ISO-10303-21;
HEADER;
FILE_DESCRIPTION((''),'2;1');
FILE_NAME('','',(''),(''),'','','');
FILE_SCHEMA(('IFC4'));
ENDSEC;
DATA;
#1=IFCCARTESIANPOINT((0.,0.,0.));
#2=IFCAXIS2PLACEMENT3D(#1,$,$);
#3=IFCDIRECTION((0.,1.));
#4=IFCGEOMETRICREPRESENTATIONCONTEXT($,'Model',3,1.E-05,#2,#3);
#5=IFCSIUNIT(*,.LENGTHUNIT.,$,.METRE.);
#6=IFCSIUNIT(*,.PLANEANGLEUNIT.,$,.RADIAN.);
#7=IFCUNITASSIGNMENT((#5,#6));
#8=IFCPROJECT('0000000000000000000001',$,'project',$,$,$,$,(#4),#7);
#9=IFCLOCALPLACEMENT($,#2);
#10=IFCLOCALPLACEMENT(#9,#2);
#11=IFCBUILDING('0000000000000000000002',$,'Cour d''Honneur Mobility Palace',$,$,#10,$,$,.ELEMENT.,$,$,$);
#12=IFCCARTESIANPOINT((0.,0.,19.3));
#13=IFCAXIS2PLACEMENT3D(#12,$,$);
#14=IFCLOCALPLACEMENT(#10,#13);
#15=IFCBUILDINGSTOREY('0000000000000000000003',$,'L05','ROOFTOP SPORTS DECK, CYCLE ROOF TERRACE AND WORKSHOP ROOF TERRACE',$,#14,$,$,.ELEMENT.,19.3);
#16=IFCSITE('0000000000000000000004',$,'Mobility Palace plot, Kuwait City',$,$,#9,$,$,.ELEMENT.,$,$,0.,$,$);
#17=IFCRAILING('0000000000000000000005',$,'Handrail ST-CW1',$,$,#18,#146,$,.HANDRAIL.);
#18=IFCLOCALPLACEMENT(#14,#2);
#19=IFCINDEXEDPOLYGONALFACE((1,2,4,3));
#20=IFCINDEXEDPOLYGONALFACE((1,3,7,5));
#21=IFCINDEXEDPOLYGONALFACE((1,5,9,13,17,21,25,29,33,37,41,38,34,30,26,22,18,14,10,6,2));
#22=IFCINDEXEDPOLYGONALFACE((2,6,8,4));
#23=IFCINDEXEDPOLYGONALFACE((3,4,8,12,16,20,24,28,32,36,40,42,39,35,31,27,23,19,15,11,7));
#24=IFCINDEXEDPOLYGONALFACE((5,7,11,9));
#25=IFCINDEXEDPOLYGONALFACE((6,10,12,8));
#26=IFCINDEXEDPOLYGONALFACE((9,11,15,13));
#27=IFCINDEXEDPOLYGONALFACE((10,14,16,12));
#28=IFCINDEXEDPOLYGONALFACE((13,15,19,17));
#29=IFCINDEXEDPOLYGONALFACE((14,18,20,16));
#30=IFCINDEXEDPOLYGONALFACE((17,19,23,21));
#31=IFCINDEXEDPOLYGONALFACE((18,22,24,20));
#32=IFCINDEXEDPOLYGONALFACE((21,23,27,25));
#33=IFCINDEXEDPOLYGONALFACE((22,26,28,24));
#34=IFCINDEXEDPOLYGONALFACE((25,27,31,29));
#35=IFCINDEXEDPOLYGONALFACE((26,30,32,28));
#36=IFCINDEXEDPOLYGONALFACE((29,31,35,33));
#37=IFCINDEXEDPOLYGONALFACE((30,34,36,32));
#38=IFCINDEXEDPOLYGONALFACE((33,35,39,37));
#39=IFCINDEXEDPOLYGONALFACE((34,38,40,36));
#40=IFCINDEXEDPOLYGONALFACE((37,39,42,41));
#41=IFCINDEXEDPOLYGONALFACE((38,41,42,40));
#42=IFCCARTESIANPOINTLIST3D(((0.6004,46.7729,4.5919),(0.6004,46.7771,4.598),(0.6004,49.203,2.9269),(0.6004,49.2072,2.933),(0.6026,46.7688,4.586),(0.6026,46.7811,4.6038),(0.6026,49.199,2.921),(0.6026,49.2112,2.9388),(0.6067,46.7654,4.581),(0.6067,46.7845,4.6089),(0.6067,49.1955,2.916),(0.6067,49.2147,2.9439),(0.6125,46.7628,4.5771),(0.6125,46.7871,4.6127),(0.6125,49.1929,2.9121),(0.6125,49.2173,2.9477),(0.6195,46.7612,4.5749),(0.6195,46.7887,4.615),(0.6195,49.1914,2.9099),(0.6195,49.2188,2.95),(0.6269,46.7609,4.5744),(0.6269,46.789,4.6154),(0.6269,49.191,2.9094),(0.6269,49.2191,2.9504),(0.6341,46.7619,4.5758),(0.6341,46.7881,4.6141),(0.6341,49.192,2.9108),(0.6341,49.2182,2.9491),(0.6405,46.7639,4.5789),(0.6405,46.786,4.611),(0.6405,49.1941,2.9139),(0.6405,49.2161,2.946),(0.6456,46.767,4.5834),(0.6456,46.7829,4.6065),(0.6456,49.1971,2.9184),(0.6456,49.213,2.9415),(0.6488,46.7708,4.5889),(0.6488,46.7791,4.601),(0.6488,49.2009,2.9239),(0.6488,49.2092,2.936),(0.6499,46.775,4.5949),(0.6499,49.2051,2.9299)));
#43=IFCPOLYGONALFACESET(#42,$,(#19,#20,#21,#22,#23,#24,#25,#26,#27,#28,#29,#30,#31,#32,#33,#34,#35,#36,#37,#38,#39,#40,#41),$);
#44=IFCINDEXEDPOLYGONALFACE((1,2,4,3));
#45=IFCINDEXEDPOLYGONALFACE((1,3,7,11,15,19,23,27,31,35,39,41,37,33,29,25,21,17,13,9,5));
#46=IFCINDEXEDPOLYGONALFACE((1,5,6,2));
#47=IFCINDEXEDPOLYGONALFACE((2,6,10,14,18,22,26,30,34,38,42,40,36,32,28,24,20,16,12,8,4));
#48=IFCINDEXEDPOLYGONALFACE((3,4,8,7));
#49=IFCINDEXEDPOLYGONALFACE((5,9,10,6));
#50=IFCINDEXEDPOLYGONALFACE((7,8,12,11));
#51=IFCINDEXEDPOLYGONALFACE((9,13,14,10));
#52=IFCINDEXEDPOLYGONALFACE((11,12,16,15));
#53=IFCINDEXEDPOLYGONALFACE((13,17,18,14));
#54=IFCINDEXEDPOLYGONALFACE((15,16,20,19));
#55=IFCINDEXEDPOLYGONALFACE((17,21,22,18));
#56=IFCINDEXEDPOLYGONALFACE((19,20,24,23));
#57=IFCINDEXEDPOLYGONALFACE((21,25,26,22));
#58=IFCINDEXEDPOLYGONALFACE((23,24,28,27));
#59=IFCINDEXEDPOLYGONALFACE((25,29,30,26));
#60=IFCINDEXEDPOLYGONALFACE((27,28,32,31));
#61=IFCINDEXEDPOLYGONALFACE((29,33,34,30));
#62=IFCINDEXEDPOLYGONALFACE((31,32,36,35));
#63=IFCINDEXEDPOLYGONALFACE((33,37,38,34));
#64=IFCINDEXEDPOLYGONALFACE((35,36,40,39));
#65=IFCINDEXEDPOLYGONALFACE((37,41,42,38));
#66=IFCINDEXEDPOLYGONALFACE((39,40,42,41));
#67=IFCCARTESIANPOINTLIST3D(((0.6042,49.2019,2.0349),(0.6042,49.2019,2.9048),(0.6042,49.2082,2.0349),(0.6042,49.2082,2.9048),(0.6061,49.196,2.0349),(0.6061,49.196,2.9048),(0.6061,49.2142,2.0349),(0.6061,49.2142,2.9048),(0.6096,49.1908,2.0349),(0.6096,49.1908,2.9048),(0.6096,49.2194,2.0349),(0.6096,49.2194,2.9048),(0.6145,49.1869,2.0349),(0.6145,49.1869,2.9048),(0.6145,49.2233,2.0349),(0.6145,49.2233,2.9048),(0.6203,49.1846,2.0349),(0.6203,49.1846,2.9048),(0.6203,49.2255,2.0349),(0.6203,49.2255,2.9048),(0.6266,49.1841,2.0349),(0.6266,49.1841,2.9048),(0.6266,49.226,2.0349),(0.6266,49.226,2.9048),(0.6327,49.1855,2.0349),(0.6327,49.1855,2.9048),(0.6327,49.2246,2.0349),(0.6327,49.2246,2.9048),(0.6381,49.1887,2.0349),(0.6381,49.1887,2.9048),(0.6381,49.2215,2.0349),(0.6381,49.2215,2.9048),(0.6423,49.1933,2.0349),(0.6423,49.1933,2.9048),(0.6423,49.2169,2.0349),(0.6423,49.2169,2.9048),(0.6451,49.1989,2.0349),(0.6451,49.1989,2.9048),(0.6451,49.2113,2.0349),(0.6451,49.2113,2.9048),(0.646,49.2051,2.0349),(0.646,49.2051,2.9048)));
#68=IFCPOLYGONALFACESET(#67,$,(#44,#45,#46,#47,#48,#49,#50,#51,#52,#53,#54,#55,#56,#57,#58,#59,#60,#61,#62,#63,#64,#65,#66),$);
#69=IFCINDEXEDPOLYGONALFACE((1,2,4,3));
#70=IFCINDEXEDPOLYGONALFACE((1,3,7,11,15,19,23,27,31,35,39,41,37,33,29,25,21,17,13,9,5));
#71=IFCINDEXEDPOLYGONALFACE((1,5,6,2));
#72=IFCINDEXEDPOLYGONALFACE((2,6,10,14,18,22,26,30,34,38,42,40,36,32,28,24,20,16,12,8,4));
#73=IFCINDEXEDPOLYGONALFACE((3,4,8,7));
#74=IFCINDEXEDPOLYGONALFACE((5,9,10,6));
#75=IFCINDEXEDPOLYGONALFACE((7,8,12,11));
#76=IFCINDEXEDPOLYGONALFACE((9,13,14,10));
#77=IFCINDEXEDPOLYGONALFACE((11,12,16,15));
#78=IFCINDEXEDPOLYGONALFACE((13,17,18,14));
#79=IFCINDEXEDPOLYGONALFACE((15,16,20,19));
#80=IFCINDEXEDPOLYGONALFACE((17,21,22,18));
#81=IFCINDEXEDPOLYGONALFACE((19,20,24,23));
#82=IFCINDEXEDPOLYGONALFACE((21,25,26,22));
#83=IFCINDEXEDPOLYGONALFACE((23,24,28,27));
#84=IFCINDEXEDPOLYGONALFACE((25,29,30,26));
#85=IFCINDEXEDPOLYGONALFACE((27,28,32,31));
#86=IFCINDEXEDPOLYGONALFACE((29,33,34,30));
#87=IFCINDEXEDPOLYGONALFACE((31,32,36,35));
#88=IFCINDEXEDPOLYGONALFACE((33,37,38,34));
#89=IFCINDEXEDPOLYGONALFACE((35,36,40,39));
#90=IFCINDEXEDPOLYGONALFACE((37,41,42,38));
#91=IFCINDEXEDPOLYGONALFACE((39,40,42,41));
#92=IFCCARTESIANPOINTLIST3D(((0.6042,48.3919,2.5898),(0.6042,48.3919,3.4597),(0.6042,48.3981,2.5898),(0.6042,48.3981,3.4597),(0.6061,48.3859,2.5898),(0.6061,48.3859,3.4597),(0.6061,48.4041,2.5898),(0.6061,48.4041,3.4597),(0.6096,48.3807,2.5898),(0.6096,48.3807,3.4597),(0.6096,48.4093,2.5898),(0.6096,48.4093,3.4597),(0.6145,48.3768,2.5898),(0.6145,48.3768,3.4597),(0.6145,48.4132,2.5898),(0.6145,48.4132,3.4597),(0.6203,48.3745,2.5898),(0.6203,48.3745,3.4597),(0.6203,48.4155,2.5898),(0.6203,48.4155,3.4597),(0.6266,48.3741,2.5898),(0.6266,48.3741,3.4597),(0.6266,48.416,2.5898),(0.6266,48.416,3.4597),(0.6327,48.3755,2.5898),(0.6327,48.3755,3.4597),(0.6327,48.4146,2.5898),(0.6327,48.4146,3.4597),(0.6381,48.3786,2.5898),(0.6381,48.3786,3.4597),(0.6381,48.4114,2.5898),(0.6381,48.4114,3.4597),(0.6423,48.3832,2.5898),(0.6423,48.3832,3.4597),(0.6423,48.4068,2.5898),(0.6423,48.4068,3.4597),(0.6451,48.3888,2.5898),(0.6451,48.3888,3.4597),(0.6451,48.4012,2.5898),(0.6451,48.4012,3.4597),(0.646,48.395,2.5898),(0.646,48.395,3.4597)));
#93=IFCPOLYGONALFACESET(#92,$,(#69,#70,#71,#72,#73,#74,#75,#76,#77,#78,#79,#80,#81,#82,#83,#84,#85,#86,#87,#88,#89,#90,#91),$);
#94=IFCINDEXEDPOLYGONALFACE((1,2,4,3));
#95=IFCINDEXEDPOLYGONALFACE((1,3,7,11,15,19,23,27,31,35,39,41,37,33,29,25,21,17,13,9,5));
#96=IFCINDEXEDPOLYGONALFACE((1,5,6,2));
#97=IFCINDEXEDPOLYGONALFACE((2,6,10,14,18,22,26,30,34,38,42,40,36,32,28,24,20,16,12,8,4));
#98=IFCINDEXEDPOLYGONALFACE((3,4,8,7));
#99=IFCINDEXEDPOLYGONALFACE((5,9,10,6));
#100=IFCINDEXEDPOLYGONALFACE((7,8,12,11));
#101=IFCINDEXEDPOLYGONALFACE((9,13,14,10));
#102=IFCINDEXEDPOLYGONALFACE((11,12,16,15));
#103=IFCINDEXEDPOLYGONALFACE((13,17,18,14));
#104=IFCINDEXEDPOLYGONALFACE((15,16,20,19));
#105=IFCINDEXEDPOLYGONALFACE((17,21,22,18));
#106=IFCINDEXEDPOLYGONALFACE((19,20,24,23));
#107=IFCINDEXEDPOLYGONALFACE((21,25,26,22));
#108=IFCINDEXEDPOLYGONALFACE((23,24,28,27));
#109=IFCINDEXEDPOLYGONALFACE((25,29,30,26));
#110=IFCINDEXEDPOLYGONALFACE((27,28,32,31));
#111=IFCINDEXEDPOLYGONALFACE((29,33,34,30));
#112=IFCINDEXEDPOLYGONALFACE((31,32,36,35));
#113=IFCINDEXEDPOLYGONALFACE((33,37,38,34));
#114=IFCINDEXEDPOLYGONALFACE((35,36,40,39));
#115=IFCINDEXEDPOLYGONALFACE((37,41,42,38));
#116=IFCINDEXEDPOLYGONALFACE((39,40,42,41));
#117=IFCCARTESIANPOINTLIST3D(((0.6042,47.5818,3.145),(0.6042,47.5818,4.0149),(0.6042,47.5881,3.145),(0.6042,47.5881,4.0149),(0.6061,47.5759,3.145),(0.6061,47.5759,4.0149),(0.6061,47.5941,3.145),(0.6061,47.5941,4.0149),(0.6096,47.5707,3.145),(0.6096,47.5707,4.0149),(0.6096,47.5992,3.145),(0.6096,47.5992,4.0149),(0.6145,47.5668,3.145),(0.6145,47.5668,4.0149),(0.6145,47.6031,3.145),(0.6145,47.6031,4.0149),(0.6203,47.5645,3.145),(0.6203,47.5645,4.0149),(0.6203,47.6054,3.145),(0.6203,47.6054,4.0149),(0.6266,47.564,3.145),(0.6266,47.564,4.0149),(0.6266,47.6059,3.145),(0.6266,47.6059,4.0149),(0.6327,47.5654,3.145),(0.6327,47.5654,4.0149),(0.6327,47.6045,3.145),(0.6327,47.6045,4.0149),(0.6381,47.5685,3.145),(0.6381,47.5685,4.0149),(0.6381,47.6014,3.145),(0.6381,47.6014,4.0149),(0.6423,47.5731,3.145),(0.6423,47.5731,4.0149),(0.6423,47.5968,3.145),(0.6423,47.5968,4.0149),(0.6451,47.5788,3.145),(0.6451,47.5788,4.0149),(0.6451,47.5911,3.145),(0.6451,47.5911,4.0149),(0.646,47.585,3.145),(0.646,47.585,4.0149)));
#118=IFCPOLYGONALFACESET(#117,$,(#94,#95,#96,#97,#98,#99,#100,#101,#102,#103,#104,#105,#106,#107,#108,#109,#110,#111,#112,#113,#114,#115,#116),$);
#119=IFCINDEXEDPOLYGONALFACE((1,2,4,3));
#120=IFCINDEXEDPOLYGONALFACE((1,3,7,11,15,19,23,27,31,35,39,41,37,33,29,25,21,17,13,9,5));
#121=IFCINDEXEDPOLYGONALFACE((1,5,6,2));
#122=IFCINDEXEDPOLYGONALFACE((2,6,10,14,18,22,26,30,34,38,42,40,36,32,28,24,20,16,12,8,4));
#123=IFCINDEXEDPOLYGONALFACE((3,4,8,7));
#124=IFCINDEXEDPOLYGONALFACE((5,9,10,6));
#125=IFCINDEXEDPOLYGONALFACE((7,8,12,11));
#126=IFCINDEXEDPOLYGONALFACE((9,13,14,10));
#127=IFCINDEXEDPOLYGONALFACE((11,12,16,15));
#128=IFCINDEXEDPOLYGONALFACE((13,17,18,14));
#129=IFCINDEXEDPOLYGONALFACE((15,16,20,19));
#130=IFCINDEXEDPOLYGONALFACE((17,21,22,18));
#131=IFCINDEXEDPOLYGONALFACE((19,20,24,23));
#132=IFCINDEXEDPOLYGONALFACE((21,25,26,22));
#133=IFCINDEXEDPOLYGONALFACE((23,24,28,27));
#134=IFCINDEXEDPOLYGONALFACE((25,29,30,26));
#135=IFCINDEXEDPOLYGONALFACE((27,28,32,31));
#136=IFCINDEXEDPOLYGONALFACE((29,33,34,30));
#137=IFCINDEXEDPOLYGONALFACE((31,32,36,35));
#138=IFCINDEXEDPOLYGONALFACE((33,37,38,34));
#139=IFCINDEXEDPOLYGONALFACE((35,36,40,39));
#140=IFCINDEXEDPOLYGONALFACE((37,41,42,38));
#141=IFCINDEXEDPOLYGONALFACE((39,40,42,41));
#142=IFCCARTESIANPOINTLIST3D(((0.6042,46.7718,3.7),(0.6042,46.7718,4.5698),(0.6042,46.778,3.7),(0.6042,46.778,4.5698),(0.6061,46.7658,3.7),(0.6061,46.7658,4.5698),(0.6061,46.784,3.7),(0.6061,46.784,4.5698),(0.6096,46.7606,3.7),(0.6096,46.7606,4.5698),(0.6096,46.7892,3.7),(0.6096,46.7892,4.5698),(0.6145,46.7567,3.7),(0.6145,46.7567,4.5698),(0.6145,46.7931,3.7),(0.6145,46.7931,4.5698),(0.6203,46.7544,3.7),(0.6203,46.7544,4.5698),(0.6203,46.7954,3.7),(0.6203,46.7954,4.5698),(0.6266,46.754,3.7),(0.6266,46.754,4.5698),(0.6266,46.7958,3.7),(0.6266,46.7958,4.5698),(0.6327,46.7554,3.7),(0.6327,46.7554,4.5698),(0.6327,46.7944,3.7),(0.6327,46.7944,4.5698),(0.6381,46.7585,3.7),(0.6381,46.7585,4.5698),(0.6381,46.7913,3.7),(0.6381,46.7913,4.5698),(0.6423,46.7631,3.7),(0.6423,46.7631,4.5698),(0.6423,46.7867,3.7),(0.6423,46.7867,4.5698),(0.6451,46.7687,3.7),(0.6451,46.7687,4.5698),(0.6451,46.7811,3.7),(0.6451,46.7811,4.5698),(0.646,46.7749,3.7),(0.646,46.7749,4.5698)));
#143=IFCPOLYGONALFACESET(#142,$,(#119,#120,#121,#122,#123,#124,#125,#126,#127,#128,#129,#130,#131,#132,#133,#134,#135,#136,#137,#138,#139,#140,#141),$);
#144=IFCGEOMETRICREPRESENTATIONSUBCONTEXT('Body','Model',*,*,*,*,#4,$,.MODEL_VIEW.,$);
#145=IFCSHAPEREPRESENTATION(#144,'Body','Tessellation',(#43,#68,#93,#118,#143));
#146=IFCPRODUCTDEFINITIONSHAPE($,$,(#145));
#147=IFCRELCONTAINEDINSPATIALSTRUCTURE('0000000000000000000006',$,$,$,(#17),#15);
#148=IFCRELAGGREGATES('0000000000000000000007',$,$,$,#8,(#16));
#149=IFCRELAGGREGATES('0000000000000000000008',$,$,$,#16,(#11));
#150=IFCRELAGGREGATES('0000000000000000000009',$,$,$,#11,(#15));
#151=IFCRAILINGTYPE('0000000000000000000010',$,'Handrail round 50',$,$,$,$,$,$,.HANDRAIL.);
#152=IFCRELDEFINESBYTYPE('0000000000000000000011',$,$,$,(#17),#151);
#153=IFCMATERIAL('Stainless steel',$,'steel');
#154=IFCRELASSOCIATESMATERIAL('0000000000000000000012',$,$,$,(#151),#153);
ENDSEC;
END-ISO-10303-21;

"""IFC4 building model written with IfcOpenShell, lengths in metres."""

from ifc_helpers import new_model, si_unit, direction, frame, origin, origin_2d, place, context, subcontext, project, spatial, circle, extrude, material, type_object, element, save


model = new_model("IFC4")

# Units and contexts
model_context = context("Model", 3, precision=1e-05, world=origin(), true_north=direction((0.0, 1.0)))
body_context = subcontext(model_context, "Body", "Model", "MODEL_VIEW")
ifc_project = project(units=[si_unit("LENGTHUNIT", "METRE"), si_unit("PLANEANGLEUNIT", "RADIAN")], contexts=[model_context])

# Site, building, storey
site_placement = place(None, origin())
site = spatial("IfcSite", under=ifc_project, at=site_placement, Name="Mobility Palace plot, Kuwait City", CompositionType="ELEMENT", RefElevation=0.0)
building_placement = place(site_placement, origin())
building = spatial("IfcBuilding", under=site, at=building_placement, Name="Cour d'Honneur Mobility Palace", CompositionType="ELEMENT")
storey_placement = place(building_placement, frame((0.0, 0.0, 19.3)))
storey = spatial("IfcBuildingStorey", under=building, at=storey_placement, Name="L05", Description="ROOFTOP SPORTS DECK, CYCLE ROOF TERRACE AND WORKSHOP ROOF TERRACE", CompositionType="ELEMENT", Elevation=19.3)

# Railing
ifc_material_1 = material(Name="Stainless steel", Category="steel")
railing_type_1 = type_object("IfcRailingType", Name="Handrail round 50", PredefinedType="HANDRAIL", material=ifc_material_1)
for number, where, name in (
    (1, (0.625, 49.2051, 2.0349), "Handrail ST-CW1"),
):
    element("IfcRailing", number, at=place(storey_placement, frame(where)), inside=storey, type_object=railing_type_1, Name=name, PredefinedType="HANDRAIL", context=body_context, shape_type="SweptSolid", body=[
        extrude(circle(Radius=0.0249, at=origin_2d()), frame((0.0, 0.0, 0.895), z_axis=(0.0, -0.824945, 0.565213), x_axis=(1.0, 0.0, 0.0)), (0.0, 0.0, 1.0), 2.9458),
        extrude(circle(Radius=0.021, at=origin_2d()), origin(), (0.0, 0.0, 1.0), 0.8699),
        extrude(circle(Radius=0.021, at=origin_2d()), frame((0.0, -0.8101, 0.5549)), (0.0, 0.0, 1.0), 0.8699),
        extrude(circle(Radius=0.021, at=origin_2d()), frame((0.0, -1.6201, 1.1101)), (0.0, 0.0, 1.0), 0.8699),
        extrude(circle(Radius=0.021, at=origin_2d()), frame((0.0, -2.4302, 1.665)), (0.0, 0.0, 1.0), 0.8699),
    ])

save(model, "model.ifc")
